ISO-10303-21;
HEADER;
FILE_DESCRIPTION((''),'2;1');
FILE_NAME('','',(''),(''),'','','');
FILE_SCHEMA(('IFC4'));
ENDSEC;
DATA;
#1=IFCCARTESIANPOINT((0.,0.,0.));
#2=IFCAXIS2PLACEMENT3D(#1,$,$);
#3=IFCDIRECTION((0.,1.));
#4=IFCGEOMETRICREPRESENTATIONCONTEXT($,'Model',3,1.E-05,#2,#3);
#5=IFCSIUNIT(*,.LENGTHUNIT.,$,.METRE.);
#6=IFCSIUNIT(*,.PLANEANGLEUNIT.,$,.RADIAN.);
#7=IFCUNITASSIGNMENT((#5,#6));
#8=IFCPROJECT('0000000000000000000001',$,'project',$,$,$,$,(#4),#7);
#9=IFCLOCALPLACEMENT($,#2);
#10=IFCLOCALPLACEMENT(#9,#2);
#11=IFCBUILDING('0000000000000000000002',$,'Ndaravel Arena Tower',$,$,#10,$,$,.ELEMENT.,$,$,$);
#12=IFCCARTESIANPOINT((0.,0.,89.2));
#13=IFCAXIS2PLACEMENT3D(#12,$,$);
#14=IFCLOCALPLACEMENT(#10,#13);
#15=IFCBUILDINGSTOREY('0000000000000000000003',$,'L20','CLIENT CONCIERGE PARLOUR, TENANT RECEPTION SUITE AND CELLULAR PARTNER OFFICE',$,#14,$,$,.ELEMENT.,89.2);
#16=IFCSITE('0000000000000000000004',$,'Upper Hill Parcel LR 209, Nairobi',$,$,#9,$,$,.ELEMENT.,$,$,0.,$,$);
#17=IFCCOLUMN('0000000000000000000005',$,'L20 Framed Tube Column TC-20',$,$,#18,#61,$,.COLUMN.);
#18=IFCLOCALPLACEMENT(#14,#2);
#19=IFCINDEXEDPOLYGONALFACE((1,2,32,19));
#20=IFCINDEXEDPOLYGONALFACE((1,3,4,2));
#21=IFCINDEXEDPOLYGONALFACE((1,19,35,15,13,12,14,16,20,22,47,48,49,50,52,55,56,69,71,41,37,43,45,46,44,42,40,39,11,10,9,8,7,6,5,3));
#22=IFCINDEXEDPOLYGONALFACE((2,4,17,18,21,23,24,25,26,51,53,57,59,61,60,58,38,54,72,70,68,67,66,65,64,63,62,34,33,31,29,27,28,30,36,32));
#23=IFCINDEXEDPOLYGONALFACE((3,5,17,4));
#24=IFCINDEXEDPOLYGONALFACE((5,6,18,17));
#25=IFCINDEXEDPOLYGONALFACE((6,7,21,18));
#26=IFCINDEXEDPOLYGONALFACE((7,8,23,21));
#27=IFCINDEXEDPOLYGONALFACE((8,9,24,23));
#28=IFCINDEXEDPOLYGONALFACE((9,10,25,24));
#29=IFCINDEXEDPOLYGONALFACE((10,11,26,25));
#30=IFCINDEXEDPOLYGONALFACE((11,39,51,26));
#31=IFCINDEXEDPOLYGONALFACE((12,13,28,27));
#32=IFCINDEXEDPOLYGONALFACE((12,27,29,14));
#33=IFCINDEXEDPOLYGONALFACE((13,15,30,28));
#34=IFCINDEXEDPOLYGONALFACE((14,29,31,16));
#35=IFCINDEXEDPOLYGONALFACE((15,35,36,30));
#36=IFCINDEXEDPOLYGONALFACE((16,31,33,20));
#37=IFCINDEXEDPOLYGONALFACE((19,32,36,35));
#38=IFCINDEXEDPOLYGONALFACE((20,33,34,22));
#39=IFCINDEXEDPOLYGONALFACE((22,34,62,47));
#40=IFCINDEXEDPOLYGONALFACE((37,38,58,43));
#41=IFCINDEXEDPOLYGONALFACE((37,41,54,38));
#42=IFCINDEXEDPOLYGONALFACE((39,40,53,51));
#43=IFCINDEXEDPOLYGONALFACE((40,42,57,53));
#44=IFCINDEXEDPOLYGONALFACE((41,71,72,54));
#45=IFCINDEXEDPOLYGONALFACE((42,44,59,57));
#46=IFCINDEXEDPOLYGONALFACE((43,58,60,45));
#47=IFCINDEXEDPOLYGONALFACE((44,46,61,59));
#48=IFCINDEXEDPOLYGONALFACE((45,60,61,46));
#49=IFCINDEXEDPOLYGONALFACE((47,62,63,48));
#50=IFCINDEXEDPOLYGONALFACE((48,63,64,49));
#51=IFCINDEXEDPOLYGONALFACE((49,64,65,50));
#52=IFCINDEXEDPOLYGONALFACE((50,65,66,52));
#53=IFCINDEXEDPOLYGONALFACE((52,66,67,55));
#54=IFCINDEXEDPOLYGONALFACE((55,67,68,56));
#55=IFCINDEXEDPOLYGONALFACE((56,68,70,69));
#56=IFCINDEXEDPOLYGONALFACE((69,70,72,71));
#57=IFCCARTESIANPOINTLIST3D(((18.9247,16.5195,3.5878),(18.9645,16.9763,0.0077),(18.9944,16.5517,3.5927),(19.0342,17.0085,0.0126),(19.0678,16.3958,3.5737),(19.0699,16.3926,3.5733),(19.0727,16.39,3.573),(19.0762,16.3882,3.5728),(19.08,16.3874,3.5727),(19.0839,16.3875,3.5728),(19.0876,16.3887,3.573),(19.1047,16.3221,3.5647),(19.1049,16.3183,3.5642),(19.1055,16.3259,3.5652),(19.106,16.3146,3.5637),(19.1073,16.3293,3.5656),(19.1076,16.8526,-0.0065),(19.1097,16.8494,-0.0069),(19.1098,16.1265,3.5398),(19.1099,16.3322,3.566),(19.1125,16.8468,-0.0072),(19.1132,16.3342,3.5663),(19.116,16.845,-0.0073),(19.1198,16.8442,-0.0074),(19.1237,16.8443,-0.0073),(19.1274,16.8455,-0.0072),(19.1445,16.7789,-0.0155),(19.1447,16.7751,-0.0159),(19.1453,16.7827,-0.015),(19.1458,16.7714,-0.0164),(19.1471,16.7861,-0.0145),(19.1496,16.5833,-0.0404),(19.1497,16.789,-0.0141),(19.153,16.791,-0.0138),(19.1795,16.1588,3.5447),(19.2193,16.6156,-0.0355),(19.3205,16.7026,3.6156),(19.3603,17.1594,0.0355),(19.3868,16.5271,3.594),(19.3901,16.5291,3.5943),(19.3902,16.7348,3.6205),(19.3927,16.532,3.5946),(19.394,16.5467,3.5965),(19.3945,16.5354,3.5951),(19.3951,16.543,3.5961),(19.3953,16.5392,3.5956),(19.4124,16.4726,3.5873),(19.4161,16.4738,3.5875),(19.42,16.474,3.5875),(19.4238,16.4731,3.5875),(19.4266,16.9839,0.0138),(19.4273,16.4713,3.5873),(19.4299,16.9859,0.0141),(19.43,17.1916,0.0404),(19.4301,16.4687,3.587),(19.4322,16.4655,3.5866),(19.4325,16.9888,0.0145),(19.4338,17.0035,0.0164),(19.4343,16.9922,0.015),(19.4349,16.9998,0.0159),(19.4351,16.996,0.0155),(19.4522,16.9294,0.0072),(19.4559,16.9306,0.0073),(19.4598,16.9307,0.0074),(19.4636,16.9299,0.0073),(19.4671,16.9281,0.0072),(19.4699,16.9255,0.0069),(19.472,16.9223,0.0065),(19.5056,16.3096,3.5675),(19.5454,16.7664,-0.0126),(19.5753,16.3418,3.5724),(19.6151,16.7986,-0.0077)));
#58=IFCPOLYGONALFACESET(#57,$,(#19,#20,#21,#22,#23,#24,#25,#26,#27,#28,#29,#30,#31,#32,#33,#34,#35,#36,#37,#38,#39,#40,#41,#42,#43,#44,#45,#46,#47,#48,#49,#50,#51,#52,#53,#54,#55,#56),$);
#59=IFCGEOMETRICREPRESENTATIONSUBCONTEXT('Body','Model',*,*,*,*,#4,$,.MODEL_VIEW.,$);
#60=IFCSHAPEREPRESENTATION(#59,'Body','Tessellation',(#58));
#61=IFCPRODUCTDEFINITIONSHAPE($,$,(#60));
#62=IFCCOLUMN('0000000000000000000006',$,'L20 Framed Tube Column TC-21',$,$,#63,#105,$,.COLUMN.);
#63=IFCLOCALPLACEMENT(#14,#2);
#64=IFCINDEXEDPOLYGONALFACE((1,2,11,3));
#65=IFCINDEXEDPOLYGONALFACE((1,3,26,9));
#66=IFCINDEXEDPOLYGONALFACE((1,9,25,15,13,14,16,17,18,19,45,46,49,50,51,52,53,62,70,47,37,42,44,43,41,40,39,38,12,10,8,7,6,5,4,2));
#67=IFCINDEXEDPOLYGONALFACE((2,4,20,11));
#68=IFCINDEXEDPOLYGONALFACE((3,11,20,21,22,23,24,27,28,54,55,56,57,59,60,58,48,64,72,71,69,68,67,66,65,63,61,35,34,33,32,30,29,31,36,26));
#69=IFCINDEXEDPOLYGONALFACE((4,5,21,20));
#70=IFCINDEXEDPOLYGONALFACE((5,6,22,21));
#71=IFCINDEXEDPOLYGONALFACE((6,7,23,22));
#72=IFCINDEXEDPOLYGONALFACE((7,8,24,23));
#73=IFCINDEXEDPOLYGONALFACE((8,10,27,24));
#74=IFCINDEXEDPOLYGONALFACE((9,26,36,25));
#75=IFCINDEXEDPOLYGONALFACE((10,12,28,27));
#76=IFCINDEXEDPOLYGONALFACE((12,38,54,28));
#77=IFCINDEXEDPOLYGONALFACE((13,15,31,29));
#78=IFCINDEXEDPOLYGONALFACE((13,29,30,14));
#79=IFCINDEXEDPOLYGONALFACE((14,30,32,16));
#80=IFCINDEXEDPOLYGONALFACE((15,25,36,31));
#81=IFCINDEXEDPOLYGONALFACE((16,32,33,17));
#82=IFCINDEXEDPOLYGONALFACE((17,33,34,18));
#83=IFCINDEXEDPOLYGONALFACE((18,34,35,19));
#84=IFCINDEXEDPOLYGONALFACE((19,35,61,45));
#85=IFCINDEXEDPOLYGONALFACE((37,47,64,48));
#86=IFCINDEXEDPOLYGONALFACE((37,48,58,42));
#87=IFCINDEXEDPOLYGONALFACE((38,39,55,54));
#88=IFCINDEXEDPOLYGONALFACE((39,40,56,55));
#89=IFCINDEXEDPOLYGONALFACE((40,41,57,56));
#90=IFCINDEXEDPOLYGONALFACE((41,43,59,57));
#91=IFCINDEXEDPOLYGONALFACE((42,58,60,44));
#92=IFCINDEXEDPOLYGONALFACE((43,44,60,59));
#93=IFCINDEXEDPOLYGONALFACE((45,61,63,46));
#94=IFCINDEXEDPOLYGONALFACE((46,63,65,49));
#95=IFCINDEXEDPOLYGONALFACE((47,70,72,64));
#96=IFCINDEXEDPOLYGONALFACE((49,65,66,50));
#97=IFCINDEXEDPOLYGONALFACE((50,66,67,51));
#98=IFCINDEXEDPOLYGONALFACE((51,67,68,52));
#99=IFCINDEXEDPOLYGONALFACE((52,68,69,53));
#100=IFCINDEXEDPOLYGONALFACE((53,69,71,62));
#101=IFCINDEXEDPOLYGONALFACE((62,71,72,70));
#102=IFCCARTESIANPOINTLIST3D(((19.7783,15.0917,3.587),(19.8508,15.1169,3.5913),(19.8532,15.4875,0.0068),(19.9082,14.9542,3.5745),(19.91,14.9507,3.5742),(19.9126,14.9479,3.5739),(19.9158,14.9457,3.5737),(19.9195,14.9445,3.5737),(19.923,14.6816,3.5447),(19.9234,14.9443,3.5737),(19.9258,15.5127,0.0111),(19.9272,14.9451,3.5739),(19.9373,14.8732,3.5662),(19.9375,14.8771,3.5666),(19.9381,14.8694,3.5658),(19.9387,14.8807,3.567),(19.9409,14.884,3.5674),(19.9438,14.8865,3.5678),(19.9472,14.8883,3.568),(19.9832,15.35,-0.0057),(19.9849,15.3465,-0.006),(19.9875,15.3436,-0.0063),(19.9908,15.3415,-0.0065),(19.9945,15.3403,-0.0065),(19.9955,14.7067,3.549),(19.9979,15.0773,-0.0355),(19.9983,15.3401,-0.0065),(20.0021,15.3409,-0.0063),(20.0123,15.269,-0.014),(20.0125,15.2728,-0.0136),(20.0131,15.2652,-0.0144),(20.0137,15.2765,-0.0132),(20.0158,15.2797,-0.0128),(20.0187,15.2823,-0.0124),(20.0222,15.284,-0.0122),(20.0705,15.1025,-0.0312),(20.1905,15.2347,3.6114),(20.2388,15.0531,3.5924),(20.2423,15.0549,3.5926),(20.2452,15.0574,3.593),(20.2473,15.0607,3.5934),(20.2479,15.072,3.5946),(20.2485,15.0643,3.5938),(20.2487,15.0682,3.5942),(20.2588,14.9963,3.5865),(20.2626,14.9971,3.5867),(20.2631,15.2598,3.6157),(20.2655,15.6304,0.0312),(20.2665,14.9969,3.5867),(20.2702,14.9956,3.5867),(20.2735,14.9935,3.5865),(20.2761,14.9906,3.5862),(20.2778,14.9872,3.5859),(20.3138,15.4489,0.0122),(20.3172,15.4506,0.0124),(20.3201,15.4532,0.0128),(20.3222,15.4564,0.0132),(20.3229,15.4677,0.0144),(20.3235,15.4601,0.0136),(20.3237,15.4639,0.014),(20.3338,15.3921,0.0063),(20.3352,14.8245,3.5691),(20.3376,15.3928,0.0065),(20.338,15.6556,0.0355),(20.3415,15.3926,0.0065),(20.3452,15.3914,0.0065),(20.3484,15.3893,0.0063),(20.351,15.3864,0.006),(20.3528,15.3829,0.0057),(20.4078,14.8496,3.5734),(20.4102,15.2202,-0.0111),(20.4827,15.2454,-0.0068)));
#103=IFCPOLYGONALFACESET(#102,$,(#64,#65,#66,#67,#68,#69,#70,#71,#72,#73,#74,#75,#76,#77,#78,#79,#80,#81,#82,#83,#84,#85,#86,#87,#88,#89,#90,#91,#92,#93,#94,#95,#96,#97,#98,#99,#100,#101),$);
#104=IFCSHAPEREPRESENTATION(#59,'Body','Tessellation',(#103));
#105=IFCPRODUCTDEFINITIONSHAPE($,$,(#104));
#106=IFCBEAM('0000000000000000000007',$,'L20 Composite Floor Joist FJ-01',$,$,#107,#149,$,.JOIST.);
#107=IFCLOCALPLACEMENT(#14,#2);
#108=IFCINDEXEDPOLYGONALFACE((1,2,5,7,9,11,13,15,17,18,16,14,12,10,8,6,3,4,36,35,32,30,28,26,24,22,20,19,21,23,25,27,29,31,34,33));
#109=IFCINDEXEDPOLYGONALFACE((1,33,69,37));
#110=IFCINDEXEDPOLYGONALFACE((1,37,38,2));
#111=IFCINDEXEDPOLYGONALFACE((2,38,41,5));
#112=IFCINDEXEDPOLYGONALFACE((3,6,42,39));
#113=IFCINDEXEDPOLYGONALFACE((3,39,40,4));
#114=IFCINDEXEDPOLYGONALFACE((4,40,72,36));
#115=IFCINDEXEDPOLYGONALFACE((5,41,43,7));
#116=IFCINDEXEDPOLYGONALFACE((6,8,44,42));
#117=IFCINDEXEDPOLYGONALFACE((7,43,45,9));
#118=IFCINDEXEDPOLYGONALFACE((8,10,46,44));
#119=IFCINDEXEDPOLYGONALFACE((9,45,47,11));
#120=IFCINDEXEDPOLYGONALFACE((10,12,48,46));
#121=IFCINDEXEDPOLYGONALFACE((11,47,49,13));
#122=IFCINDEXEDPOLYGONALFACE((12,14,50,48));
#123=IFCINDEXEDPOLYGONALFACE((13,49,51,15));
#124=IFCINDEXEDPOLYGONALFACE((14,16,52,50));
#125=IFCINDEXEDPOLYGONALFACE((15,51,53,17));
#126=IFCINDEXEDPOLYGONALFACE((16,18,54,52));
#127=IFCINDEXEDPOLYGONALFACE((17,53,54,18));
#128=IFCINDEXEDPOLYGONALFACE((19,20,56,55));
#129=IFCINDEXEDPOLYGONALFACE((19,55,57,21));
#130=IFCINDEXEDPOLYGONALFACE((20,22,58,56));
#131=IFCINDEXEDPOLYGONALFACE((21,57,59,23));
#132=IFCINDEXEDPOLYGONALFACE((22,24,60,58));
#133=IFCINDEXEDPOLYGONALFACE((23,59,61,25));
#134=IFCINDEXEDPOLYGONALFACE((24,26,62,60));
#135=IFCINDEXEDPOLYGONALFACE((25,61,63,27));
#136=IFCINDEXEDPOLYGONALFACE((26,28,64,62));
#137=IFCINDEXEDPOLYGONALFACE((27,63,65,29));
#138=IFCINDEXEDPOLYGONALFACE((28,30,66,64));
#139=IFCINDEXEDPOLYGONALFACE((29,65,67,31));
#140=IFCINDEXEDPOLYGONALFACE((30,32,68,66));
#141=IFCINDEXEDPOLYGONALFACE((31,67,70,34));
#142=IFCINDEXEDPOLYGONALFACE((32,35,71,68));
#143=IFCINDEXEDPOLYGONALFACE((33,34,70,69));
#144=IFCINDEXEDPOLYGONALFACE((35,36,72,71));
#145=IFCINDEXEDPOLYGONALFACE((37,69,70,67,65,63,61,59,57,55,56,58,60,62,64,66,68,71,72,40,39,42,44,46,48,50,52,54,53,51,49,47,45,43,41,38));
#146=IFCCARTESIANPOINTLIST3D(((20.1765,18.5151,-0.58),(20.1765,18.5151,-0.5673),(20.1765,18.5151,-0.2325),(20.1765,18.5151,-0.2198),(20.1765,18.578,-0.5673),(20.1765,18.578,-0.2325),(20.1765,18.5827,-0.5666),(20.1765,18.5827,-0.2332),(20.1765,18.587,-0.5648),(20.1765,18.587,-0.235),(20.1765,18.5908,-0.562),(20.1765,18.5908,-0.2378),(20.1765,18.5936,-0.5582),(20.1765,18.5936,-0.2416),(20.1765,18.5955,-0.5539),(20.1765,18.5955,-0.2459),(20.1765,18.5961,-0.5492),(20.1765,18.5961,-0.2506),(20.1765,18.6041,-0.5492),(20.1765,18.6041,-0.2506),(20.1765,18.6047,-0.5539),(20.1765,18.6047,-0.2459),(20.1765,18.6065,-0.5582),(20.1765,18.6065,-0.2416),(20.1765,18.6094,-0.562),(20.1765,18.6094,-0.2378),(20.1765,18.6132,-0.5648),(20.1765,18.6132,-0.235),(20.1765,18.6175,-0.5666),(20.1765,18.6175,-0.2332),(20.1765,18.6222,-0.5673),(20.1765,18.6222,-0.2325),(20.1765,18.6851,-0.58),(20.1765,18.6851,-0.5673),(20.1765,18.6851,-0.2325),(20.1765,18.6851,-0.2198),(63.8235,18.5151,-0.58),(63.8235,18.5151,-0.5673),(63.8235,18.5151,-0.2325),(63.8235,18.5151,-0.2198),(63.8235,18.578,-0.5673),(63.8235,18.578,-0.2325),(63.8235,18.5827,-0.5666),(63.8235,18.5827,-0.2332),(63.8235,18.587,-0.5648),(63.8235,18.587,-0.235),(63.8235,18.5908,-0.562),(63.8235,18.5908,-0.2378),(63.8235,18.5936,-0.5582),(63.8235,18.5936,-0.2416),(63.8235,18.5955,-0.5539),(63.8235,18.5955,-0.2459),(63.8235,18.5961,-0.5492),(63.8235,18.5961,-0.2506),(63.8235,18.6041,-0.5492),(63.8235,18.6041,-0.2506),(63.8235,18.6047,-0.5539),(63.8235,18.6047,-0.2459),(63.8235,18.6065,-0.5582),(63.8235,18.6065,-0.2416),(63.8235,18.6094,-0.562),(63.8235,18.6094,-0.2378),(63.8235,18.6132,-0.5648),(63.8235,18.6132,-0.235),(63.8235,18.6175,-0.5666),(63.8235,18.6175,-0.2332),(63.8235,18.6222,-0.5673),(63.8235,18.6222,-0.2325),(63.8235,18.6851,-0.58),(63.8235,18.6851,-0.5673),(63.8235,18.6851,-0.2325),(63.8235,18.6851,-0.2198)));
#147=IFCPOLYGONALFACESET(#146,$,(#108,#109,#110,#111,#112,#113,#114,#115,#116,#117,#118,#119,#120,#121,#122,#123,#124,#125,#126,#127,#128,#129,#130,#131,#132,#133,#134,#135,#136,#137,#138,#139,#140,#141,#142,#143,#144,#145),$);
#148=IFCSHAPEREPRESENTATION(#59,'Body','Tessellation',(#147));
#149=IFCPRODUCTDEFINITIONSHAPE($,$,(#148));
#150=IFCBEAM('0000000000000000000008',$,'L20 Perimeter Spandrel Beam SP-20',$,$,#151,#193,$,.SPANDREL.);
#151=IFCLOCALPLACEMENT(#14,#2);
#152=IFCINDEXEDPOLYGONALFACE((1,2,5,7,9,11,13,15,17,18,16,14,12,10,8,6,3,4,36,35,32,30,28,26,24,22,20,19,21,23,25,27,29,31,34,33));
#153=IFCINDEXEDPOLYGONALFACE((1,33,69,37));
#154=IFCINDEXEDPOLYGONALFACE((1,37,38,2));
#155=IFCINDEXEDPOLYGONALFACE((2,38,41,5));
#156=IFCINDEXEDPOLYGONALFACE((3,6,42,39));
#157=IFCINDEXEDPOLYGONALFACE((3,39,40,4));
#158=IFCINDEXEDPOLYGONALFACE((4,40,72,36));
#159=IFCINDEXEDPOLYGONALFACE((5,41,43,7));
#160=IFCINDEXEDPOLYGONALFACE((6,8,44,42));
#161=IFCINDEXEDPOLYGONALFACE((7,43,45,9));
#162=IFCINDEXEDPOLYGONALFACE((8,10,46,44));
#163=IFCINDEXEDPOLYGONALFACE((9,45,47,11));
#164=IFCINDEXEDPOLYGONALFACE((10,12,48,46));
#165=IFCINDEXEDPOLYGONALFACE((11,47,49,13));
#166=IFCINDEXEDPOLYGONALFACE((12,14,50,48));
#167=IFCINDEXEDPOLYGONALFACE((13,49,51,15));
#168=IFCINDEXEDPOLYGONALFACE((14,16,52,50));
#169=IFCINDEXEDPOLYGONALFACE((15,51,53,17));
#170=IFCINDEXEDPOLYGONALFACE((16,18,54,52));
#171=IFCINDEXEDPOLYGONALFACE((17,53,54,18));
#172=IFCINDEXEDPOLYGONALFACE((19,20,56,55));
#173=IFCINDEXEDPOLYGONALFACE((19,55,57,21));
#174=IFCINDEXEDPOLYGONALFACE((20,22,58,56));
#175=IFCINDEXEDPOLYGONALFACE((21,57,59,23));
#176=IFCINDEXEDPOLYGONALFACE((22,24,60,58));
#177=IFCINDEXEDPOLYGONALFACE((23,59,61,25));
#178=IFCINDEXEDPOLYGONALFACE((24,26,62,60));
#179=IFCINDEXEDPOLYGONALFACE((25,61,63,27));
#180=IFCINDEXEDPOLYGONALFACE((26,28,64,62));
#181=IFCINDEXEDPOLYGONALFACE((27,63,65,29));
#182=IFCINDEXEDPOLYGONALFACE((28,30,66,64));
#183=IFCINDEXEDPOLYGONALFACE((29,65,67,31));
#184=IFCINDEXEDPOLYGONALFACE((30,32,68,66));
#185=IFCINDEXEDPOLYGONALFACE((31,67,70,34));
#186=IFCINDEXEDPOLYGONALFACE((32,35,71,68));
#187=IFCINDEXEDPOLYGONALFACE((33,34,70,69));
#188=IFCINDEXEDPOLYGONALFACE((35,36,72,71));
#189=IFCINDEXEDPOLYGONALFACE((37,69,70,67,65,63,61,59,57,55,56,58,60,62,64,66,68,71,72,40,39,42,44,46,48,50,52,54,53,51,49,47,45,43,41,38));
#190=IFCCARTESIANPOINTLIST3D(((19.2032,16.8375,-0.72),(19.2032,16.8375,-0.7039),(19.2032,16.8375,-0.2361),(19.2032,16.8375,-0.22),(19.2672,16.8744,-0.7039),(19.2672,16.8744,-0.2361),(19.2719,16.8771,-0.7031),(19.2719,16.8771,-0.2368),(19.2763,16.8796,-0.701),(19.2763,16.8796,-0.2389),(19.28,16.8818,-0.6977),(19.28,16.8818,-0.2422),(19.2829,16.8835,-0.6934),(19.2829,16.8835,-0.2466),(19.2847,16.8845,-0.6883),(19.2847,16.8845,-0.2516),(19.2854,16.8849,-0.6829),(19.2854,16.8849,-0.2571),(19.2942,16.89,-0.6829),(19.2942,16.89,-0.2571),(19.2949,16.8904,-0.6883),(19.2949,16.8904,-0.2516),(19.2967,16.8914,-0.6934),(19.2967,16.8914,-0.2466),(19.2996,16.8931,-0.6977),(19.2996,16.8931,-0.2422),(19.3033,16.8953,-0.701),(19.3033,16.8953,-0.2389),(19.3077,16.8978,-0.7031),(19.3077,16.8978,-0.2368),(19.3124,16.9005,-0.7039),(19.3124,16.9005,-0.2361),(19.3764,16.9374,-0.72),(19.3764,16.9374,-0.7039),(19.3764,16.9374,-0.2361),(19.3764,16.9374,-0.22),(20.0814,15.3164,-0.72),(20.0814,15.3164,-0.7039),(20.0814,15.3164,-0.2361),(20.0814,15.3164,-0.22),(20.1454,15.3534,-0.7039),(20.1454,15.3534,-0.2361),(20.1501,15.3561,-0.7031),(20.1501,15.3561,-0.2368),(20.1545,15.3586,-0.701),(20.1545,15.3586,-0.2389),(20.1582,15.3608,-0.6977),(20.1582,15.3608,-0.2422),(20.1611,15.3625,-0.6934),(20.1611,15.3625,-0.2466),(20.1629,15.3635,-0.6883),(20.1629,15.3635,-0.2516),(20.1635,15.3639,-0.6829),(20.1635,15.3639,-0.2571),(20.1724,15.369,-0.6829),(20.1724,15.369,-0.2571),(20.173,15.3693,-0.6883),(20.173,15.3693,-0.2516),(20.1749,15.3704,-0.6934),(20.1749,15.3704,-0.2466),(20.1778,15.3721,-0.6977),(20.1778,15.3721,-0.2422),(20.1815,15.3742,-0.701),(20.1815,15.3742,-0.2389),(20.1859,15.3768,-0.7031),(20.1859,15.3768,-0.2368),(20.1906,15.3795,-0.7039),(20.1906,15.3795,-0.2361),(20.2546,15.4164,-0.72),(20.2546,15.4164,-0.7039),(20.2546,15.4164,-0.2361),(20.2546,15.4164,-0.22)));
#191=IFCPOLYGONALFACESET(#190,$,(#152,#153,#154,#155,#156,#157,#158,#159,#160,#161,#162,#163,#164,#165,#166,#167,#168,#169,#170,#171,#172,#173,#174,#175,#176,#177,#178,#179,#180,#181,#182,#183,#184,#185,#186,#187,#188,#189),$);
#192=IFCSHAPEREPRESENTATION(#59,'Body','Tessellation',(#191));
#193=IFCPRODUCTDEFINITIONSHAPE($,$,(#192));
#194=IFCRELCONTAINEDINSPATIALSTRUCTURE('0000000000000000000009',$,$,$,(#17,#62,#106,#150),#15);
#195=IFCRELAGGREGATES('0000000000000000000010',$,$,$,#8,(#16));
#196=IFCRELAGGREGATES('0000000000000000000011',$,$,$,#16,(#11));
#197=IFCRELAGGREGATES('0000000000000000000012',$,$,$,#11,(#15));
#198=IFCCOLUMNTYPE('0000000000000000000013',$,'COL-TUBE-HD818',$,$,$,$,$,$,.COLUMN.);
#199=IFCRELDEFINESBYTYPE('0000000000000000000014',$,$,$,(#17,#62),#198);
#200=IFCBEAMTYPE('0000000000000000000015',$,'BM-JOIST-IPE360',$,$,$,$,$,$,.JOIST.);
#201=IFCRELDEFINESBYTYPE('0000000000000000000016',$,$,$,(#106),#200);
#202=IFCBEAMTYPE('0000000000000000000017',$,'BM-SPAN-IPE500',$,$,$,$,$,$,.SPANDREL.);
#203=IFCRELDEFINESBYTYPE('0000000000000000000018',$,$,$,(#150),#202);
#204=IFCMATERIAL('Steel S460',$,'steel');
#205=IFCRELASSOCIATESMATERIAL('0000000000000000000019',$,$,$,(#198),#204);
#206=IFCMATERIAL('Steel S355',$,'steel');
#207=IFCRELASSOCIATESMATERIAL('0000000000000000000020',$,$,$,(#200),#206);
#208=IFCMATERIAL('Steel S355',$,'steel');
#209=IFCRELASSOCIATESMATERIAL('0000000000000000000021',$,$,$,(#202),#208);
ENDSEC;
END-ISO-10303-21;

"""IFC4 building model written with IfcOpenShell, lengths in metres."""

from ifc_helpers import new_model, si_unit, direction, frame, origin, origin_2d, place, context, subcontext, project, spatial, i_section, extrude, material, material_profile, profile_set, type_object, element, save


model = new_model("IFC4")

# Units and contexts
model_context = context("Model", 3, precision=1e-05, world=origin(), true_north=direction((0.0, 1.0)))
body_context = subcontext(model_context, "Body", "Model", "MODEL_VIEW")
ifc_project = project(units=[si_unit("LENGTHUNIT", "METRE"), si_unit("PLANEANGLEUNIT", "RADIAN")], contexts=[model_context])

# Site, building, storey
site_placement = place(None, origin())
site = spatial("IfcSite", under=ifc_project, at=site_placement, Name="Upper Hill Parcel LR 209, Nairobi", CompositionType="ELEMENT", RefElevation=0.0)
building_placement = place(site_placement, origin())
building = spatial("IfcBuilding", under=site, at=building_placement, Name="Ndaravel Arena Tower", CompositionType="ELEMENT")
storey_placement = place(building_placement, frame((0.0, 0.0, 89.2)))
storey = spatial("IfcBuildingStorey", under=building, at=storey_placement, Name="L20", Description="CLIENT CONCIERGE PARLOUR, TENANT RECEPTION SUITE AND CELLULAR PARTNER OFFICE", CompositionType="ELEMENT", Elevation=89.2)

# Columns
ifc_material_1 = material(Name="Steel S460", Category="steel")
ifc_material_profile_1 = material_profile(ifc_material_1, i_section(OverallWidth=0.437, OverallDepth=0.5139, WebThickness=0.0605, FlangeThickness=0.0769, FilletRadius=0.0149, at=origin_2d()), Name="HD 400x818")
ifc_profile_set_1 = profile_set([ifc_material_profile_1], Name="Steel S460")
column_type = type_object("IfcColumnType", Name="COL-TUBE-HD818", PredefinedType="COLUMN", material=ifc_profile_set_1)
column_1_placement = place(storey_placement, frame((19.2898, 16.8875, 0.0), z_axis=(-0.011026, -0.126558, 0.991898), x_axis=(-0.42356, 0.899163, 0.110017)))
element("IfcColumn", 1, at=column_1_placement, inside=storey, type_object=column_type, Name="L20 Framed Tube Column TC-20", PredefinedType="COLUMN", context=body_context, shape_type="SweptSolid", body=[
    extrude(i_section(OverallWidth=0.437, OverallDepth=0.5139, WebThickness=0.0605, FlangeThickness=0.0769, FilletRadius=0.0149, at=origin_2d()), origin(), (0.0, 0.0, 1.0), 3.6094),
])
column_2_placement = place(storey_placement, frame((20.168, 15.3665, 0.0), z_axis=(-0.020804, -0.10985, 0.99373), x_axis=(-0.331126, 0.938606, 0.096824)))
element("IfcColumn", 2, at=column_2_placement, inside=storey, type_object=column_type, Name="L20 Framed Tube Column TC-21", PredefinedType="COLUMN", context=body_context, shape_type="SweptSolid", body=[
    extrude(i_section(OverallWidth=0.437, OverallDepth=0.5139, WebThickness=0.0605, FlangeThickness=0.0769, FilletRadius=0.0149, at=origin_2d()), origin(), (0.0, 0.0, 1.0), 3.6028),
])

# Beams
ifc_material_2 = material(Name="Steel S355", Category="steel")
ifc_material_profile_2 = material_profile(ifc_material_2, i_section(OverallWidth=0.1699, OverallDepth=0.3601, WebThickness=0.0081, FlangeThickness=0.0127, FilletRadius=0.0181, at=origin_2d()), Name="IPE 360")
ifc_profile_set_2 = profile_set([ifc_material_profile_2], Name="Steel S355")
beam_type_1 = type_object("IfcBeamType", Name="BM-JOIST-IPE360", PredefinedType="JOIST", material=ifc_profile_set_2)
beam_1_placement = place(storey_placement, frame((20.1765, 18.6001, -0.3999), z_axis=(1.0, 0.0, 0.0), x_axis=(0.0, 1.0, 0.0)))
element("IfcBeam", 3, at=beam_1_placement, inside=storey, type_object=beam_type_1, Name="L20 Composite Floor Joist FJ-01", PredefinedType="JOIST", context=body_context, shape_type="SweptSolid", body=[
    extrude(i_section(OverallWidth=0.1699, OverallDepth=0.3601, WebThickness=0.0081, FlangeThickness=0.0127, FilletRadius=0.0181, at=origin_2d()), origin(), (0.0, 0.0, 1.0), 43.647),
])
ifc_material_3 = material(Name="Steel S355", Category="steel")
ifc_material_profile_3 = material_profile(ifc_material_3, i_section(OverallWidth=0.2, OverallDepth=0.5, WebThickness=0.0103, FlangeThickness=0.0161, FilletRadius=0.021, at=origin_2d()), Name="IPE 500")
ifc_profile_set_3 = profile_set([ifc_material_profile_3], Name="Steel S355")
beam_type_2 = type_object("IfcBeamType", Name="BM-SPAN-IPE500", PredefinedType="SPANDREL", material=ifc_profile_set_3)
beam_2_placement = place(storey_placement, frame((19.2898, 16.8875, -0.47), z_axis=(0.500011, -0.866019, 0.0), x_axis=(0.866019, 0.500011, 0.0)))
element("IfcBeam", 4, at=beam_2_placement, inside=storey, type_object=beam_type_2, Name="L20 Perimeter Spandrel Beam SP-20", PredefinedType="SPANDREL", context=body_context, shape_type="SweptSolid", body=[
    extrude(i_section(OverallWidth=0.2, OverallDepth=0.5, WebThickness=0.0103, FlangeThickness=0.0161, FilletRadius=0.021, at=origin_2d()), origin(), (0.0, 0.0, 1.0), 1.7563),
])

save(model, "model.ifc")
